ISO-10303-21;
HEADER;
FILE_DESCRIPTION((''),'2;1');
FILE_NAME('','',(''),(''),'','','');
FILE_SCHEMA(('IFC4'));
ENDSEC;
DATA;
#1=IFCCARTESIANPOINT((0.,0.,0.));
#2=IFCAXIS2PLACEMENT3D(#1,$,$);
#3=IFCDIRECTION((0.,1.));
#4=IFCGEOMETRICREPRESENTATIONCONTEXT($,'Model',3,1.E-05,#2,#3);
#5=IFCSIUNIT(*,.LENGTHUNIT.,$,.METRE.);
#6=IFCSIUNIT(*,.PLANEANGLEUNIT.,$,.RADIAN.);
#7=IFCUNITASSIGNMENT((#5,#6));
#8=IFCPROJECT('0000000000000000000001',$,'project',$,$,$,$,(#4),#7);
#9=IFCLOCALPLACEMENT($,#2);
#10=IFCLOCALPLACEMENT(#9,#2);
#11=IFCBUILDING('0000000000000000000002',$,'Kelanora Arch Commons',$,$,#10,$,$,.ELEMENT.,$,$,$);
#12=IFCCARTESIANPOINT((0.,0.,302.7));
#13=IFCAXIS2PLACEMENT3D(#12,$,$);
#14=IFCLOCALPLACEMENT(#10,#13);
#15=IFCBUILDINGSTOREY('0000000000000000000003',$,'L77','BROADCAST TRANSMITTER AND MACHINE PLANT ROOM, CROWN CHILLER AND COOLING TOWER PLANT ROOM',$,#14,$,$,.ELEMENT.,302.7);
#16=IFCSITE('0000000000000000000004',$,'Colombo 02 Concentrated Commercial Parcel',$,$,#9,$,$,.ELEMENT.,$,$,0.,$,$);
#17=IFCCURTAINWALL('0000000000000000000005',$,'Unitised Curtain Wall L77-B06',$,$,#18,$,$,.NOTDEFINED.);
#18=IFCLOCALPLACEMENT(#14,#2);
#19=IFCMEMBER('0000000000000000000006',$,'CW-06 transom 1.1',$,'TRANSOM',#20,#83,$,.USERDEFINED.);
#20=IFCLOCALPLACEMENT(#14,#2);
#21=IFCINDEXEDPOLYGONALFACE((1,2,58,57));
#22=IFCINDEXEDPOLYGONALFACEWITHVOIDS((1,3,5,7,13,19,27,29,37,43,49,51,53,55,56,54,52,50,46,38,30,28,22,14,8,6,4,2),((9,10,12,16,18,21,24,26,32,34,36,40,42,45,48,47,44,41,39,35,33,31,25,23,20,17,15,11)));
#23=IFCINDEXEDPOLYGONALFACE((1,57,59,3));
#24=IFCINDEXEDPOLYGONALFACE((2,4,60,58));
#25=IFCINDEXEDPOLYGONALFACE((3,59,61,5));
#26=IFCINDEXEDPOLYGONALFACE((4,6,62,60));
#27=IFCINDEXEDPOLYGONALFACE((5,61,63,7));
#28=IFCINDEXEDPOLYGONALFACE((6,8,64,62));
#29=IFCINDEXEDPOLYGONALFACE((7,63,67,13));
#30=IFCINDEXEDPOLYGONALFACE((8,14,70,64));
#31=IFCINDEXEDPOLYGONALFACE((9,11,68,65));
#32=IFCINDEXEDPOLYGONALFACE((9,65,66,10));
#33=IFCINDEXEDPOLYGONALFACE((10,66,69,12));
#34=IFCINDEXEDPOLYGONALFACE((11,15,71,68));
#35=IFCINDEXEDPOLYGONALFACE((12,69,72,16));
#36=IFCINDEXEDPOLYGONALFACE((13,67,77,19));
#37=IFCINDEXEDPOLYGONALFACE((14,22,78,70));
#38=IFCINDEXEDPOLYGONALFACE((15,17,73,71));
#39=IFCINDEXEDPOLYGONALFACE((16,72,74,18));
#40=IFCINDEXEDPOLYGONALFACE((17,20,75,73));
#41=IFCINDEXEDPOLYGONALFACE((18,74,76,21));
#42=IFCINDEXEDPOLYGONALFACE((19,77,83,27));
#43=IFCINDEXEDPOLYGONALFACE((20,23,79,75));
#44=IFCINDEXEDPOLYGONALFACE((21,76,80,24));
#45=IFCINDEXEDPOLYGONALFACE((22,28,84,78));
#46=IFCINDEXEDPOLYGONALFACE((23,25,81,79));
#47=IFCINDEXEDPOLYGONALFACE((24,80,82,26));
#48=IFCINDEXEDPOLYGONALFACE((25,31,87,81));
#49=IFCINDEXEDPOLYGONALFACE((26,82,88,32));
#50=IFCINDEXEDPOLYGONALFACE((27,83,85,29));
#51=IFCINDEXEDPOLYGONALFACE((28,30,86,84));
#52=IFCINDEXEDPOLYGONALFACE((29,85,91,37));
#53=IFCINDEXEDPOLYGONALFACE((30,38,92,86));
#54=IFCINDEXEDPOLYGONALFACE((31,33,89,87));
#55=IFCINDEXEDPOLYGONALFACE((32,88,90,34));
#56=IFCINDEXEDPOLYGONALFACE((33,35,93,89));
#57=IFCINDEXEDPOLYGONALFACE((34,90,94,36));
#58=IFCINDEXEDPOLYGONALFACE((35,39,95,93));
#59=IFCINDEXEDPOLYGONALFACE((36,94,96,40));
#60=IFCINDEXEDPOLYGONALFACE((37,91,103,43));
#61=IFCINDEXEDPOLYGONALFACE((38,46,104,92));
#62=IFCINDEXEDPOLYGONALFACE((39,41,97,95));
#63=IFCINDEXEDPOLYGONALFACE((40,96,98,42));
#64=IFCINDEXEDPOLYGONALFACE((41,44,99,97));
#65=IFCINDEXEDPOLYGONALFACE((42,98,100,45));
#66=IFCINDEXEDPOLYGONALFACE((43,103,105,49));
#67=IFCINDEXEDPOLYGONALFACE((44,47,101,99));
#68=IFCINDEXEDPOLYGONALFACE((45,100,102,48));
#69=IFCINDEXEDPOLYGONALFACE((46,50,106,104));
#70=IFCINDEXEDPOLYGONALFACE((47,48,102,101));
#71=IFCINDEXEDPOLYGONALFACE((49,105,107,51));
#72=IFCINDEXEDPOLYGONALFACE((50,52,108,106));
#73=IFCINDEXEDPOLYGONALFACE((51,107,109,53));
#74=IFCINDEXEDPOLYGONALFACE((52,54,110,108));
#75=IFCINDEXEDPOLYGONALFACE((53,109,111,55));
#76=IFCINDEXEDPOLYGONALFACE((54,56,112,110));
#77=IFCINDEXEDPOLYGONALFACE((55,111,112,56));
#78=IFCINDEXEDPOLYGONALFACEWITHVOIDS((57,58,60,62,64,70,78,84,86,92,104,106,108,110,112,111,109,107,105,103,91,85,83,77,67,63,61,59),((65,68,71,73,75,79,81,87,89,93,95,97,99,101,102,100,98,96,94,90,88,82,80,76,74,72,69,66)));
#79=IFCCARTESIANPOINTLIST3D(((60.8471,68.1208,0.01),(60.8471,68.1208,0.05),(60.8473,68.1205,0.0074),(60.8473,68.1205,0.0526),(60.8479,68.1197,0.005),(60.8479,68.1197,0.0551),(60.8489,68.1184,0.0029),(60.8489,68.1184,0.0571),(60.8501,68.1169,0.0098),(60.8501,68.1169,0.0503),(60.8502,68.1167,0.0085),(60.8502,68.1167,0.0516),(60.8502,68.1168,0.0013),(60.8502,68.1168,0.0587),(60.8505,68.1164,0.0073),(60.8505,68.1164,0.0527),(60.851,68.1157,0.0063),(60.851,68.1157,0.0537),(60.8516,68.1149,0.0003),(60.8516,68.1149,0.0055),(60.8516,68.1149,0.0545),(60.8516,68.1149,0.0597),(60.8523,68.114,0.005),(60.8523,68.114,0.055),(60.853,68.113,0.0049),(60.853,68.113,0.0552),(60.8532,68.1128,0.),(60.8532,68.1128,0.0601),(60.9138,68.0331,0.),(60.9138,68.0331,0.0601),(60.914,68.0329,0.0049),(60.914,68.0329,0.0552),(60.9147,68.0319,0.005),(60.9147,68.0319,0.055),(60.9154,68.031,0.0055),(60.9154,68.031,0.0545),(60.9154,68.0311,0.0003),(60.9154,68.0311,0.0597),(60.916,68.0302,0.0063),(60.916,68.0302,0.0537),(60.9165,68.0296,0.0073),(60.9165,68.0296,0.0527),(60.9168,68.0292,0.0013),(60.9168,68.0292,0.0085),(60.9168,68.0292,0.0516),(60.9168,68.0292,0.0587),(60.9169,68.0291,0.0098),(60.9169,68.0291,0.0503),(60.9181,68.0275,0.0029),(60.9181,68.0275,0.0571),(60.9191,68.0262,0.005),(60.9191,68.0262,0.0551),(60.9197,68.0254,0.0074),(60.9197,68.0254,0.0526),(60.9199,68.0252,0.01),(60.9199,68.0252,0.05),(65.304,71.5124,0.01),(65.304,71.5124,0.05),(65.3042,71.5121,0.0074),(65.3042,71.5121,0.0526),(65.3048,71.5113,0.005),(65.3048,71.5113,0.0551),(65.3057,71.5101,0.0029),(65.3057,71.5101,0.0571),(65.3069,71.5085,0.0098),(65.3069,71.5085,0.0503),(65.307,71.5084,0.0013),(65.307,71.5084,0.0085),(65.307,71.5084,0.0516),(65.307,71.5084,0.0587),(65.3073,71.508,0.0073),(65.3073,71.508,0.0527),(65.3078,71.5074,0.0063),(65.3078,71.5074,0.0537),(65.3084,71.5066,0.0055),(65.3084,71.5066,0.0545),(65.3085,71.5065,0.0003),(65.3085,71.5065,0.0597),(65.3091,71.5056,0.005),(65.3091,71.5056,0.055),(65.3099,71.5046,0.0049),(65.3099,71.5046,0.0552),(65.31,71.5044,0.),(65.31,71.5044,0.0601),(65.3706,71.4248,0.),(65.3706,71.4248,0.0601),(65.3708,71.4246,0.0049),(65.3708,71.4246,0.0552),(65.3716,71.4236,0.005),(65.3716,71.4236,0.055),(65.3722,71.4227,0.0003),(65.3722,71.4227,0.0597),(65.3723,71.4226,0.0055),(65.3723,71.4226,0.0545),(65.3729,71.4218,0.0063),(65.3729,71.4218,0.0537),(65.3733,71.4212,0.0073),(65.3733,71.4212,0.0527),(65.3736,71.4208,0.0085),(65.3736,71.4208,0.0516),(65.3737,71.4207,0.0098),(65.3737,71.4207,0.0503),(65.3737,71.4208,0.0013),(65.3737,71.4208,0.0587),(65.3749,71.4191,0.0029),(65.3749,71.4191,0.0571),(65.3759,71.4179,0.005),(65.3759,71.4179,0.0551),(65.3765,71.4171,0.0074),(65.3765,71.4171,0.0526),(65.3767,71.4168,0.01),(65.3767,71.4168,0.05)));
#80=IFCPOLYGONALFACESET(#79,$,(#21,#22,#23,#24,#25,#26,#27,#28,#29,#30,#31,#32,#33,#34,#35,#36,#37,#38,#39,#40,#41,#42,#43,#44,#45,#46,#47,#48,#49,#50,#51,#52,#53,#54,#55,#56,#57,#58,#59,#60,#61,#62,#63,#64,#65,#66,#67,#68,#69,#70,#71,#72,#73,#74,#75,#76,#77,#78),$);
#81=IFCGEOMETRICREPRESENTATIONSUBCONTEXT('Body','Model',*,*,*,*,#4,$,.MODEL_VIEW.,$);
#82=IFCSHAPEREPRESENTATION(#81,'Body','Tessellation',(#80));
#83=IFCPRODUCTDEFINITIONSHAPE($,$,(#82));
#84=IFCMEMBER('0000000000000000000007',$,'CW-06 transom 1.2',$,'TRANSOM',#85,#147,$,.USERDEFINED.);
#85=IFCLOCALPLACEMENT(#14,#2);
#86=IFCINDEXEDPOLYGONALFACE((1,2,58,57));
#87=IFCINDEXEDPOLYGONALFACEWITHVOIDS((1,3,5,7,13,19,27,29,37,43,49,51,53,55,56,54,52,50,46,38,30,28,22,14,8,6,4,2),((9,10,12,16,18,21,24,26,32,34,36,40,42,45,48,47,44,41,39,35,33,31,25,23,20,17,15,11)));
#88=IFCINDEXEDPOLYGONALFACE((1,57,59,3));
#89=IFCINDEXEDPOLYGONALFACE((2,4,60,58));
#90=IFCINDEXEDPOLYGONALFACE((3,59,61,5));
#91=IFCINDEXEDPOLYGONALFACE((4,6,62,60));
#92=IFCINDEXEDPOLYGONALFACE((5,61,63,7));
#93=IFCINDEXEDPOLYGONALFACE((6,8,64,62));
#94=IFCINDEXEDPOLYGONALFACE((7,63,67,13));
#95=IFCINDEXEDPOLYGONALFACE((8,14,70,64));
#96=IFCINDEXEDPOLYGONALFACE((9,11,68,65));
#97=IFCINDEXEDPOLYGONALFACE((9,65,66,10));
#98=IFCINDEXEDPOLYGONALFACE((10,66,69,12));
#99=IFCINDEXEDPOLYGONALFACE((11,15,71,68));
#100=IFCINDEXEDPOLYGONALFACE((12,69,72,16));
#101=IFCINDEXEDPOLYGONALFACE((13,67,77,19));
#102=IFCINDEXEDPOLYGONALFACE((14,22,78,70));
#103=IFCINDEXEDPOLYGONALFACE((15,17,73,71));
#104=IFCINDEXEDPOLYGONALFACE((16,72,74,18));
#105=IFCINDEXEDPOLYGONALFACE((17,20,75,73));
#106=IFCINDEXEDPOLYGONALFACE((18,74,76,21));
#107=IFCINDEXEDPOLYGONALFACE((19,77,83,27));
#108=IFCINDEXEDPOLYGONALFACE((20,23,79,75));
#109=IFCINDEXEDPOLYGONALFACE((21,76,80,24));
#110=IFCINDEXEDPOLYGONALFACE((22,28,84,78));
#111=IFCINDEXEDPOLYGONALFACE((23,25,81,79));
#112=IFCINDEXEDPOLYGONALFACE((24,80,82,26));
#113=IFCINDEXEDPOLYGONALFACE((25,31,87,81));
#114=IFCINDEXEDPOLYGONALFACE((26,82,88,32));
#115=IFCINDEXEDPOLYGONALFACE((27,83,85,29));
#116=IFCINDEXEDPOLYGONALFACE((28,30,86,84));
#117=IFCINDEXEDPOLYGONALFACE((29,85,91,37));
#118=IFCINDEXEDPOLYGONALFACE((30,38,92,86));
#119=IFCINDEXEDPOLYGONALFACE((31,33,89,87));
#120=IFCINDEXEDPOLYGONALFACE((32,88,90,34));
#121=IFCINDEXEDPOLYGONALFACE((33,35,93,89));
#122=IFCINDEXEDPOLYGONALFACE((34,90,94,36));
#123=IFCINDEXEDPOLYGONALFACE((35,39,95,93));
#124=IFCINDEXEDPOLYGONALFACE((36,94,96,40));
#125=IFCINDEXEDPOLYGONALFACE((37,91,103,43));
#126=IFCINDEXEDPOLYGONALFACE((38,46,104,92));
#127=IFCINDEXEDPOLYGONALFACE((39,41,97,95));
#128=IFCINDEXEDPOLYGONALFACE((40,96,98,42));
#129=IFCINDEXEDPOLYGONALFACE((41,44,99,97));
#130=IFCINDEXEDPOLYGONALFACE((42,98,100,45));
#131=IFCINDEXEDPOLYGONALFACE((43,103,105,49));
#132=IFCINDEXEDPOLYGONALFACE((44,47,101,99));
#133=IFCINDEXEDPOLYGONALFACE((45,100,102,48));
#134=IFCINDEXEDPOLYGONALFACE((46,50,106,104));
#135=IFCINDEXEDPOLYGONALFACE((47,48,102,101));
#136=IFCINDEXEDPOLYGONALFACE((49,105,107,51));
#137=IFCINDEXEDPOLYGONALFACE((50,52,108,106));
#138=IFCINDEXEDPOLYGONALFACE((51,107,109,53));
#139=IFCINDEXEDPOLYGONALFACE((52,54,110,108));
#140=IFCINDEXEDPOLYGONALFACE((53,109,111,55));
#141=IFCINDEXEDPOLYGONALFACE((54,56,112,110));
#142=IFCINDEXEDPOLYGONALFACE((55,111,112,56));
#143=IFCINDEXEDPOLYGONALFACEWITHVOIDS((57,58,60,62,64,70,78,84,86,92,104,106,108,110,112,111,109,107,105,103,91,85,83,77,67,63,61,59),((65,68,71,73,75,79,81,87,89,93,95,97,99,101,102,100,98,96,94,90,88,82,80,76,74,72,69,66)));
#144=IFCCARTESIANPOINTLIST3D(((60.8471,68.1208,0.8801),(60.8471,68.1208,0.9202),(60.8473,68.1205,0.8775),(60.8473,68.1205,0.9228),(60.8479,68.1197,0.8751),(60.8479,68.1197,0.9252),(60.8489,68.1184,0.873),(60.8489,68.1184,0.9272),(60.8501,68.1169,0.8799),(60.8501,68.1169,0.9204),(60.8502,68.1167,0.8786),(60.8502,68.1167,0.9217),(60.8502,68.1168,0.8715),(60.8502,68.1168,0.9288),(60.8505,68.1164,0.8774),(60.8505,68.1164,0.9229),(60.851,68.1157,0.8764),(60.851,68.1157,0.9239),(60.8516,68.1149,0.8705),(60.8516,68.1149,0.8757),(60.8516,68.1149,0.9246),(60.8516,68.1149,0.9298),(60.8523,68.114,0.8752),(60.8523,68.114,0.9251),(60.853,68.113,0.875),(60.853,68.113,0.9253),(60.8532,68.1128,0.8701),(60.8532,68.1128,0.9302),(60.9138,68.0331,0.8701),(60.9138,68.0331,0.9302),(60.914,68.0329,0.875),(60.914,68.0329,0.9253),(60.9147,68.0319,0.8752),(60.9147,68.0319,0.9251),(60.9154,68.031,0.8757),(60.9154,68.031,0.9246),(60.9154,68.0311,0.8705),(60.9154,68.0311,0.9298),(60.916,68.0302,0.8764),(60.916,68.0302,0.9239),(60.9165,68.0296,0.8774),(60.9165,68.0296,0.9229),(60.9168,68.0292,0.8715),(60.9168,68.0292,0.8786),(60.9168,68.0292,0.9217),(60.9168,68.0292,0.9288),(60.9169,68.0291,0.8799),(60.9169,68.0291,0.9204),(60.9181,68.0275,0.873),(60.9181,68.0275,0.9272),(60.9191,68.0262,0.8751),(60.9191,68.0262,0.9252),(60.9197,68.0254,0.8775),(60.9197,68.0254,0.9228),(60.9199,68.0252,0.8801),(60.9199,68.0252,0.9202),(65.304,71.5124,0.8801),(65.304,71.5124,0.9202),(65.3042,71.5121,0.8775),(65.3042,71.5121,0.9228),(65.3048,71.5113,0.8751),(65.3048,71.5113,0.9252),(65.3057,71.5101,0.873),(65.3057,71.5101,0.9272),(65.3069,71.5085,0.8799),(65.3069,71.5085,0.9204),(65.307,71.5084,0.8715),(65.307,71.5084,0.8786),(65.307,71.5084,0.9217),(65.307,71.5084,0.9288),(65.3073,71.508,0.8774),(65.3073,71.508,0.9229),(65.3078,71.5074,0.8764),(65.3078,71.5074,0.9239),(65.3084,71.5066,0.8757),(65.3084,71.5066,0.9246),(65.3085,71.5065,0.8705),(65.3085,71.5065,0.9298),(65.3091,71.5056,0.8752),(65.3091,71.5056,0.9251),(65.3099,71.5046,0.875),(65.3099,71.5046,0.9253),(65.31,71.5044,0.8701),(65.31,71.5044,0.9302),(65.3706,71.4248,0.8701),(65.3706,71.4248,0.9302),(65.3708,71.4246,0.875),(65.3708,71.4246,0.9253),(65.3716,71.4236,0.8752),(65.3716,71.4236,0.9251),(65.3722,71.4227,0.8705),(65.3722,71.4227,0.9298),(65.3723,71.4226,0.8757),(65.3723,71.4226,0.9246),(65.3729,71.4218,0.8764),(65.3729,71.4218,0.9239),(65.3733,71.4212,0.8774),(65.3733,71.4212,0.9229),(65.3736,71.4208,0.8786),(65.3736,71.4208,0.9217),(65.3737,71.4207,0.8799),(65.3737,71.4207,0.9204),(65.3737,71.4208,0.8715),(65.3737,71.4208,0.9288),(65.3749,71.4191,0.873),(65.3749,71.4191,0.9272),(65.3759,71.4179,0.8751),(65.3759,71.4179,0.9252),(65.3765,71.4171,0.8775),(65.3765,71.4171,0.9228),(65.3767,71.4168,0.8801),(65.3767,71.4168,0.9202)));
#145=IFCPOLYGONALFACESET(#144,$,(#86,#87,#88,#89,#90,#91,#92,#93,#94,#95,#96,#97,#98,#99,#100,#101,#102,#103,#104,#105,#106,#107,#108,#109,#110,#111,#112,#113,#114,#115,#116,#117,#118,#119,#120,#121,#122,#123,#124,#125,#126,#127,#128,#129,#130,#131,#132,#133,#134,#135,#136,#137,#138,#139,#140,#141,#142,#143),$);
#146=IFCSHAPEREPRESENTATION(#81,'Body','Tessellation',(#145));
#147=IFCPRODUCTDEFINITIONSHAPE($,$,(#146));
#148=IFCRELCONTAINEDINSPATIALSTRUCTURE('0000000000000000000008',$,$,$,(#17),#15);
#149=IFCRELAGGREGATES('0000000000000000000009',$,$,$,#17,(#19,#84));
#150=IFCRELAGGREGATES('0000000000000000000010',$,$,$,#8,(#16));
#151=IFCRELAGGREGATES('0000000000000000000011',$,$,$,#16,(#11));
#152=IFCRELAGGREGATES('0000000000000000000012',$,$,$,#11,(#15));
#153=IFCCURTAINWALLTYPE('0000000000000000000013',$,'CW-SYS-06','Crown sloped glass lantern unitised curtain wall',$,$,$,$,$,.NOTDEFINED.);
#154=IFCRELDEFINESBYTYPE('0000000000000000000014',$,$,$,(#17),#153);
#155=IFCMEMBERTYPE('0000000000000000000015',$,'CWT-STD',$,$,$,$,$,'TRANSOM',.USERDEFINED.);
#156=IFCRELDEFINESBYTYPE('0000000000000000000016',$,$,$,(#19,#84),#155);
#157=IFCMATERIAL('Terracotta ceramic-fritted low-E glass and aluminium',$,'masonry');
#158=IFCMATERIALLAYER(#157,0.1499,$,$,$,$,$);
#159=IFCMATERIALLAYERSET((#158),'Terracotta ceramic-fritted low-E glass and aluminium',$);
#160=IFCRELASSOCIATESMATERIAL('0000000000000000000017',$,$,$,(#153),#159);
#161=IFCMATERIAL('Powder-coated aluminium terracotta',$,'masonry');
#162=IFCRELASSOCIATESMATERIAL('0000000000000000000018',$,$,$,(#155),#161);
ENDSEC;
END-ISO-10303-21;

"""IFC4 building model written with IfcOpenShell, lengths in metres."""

from ifc_helpers import new_model, si_unit, direction, frame, origin, origin_2d, place, context, subcontext, project, spatial, hollow_rectangle, extrude, material, layer, layer_set, material_profile, profile_set, type_object, element, aggregate, save


model = new_model("IFC4")

# Units and contexts
model_context = context("Model", 3, precision=1e-05, world=origin(), true_north=direction((0.0, 1.0)))
body_context = subcontext(model_context, "Body", "Model", "MODEL_VIEW")
ifc_project = project(units=[si_unit("LENGTHUNIT", "METRE"), si_unit("PLANEANGLEUNIT", "RADIAN")], contexts=[model_context])

# Site, building, storey
site_placement = place(None, origin())
site = spatial("IfcSite", under=ifc_project, at=site_placement, Name="Colombo 02 Concentrated Commercial Parcel", CompositionType="ELEMENT", RefElevation=0.0)
building_placement = place(site_placement, origin())
building = spatial("IfcBuilding", under=site, at=building_placement, Name="Kelanora Arch Commons", CompositionType="ELEMENT")
storey_placement = place(building_placement, frame((0.0, 0.0, 302.7)))
storey = spatial("IfcBuildingStorey", under=building, at=storey_placement, Name="L77", Description="BROADCAST TRANSMITTER AND MACHINE PLANT ROOM, CROWN CHILLER AND COOLING TOWER PLANT ROOM", CompositionType="ELEMENT", Elevation=302.7)

# Shared definitions
ifc_material_1 = material(Name="Terracotta ceramic-fritted low-E glass and aluminium", Category="masonry")
ifc_layer_1 = layer(ifc_material_1, 0.1499)
ifc_layer_set_1 = layer_set([ifc_layer_1], Name="Terracotta ceramic-fritted low-E glass and aluminium")
curtain_wall_type = type_object("IfcCurtainWallType", Name="CW-SYS-06", Description="Crown sloped glass lantern unitised curtain wall", PredefinedType="NOTDEFINED", material=ifc_layer_set_1)
ifc_material_2 = material(Name="Powder-coated aluminium terracotta", Category="masonry")

# Curtain wall
curtain_wall_1_placement = place(storey_placement, origin())
curtain_wall_1 = element("IfcCurtainWall", 1, at=curtain_wall_1_placement, inside=storey, type_object=curtain_wall_type, Name="Unitised Curtain Wall L77-B06", PredefinedType="NOTDEFINED")

# Members
ifc_material_profile_1 = material_profile(ifc_material_2, hollow_rectangle(XDim=0.1201, YDim=0.0601, WallThickness=0.0049, InnerFilletRadius=0.0049, OuterFilletRadius=0.01, at=origin_2d()), Name="CWT120x60")
ifc_profile_set_1 = profile_set([ifc_material_profile_1], Name="Powder-coated aluminium terracotta")
member_type_1 = type_object("IfcMemberType", Name="CWT-STD", ElementType="TRANSOM", PredefinedType="USERDEFINED", material=ifc_profile_set_1)
member_1_placement = place(storey_placement, frame((65.3403, 71.4646, 0.03), z_axis=(-0.79578, -0.605586, 0.0), x_axis=(0.605586, -0.79578, 0.0)))
member_1 = element("IfcMember", 2, at=member_1_placement, type_object=member_type_1, Name="CW-06 transom 1.1", ObjectType="TRANSOM", PredefinedType="USERDEFINED", context=body_context, shape_type="SweptSolid", body=[
    extrude(hollow_rectangle(XDim=0.1201, YDim=0.0601, WallThickness=0.0049, InnerFilletRadius=0.0049, OuterFilletRadius=0.01, at=origin_2d()), origin(), (0.0, 0.0, 1.0), 5.6006),
])
member_2_placement = place(storey_placement, frame((65.3403, 71.4646, 0.9001), z_axis=(-0.79578, -0.605586, 0.0), x_axis=(0.605586, -0.79578, 0.0)))
member_2 = element("IfcMember", 3, at=member_2_placement, type_object=member_type_1, Name="CW-06 transom 1.2", ObjectType="TRANSOM", PredefinedType="USERDEFINED", context=body_context, shape_type="SweptSolid", body=[
    extrude(hollow_rectangle(XDim=0.1201, YDim=0.0601, WallThickness=0.0049, InnerFilletRadius=0.0049, OuterFilletRadius=0.01, at=origin_2d()), origin(), (0.0, 0.0, 1.0), 5.6006),
])

aggregate(curtain_wall_1, [member_1, member_2])

save(model, "model.ifc")
